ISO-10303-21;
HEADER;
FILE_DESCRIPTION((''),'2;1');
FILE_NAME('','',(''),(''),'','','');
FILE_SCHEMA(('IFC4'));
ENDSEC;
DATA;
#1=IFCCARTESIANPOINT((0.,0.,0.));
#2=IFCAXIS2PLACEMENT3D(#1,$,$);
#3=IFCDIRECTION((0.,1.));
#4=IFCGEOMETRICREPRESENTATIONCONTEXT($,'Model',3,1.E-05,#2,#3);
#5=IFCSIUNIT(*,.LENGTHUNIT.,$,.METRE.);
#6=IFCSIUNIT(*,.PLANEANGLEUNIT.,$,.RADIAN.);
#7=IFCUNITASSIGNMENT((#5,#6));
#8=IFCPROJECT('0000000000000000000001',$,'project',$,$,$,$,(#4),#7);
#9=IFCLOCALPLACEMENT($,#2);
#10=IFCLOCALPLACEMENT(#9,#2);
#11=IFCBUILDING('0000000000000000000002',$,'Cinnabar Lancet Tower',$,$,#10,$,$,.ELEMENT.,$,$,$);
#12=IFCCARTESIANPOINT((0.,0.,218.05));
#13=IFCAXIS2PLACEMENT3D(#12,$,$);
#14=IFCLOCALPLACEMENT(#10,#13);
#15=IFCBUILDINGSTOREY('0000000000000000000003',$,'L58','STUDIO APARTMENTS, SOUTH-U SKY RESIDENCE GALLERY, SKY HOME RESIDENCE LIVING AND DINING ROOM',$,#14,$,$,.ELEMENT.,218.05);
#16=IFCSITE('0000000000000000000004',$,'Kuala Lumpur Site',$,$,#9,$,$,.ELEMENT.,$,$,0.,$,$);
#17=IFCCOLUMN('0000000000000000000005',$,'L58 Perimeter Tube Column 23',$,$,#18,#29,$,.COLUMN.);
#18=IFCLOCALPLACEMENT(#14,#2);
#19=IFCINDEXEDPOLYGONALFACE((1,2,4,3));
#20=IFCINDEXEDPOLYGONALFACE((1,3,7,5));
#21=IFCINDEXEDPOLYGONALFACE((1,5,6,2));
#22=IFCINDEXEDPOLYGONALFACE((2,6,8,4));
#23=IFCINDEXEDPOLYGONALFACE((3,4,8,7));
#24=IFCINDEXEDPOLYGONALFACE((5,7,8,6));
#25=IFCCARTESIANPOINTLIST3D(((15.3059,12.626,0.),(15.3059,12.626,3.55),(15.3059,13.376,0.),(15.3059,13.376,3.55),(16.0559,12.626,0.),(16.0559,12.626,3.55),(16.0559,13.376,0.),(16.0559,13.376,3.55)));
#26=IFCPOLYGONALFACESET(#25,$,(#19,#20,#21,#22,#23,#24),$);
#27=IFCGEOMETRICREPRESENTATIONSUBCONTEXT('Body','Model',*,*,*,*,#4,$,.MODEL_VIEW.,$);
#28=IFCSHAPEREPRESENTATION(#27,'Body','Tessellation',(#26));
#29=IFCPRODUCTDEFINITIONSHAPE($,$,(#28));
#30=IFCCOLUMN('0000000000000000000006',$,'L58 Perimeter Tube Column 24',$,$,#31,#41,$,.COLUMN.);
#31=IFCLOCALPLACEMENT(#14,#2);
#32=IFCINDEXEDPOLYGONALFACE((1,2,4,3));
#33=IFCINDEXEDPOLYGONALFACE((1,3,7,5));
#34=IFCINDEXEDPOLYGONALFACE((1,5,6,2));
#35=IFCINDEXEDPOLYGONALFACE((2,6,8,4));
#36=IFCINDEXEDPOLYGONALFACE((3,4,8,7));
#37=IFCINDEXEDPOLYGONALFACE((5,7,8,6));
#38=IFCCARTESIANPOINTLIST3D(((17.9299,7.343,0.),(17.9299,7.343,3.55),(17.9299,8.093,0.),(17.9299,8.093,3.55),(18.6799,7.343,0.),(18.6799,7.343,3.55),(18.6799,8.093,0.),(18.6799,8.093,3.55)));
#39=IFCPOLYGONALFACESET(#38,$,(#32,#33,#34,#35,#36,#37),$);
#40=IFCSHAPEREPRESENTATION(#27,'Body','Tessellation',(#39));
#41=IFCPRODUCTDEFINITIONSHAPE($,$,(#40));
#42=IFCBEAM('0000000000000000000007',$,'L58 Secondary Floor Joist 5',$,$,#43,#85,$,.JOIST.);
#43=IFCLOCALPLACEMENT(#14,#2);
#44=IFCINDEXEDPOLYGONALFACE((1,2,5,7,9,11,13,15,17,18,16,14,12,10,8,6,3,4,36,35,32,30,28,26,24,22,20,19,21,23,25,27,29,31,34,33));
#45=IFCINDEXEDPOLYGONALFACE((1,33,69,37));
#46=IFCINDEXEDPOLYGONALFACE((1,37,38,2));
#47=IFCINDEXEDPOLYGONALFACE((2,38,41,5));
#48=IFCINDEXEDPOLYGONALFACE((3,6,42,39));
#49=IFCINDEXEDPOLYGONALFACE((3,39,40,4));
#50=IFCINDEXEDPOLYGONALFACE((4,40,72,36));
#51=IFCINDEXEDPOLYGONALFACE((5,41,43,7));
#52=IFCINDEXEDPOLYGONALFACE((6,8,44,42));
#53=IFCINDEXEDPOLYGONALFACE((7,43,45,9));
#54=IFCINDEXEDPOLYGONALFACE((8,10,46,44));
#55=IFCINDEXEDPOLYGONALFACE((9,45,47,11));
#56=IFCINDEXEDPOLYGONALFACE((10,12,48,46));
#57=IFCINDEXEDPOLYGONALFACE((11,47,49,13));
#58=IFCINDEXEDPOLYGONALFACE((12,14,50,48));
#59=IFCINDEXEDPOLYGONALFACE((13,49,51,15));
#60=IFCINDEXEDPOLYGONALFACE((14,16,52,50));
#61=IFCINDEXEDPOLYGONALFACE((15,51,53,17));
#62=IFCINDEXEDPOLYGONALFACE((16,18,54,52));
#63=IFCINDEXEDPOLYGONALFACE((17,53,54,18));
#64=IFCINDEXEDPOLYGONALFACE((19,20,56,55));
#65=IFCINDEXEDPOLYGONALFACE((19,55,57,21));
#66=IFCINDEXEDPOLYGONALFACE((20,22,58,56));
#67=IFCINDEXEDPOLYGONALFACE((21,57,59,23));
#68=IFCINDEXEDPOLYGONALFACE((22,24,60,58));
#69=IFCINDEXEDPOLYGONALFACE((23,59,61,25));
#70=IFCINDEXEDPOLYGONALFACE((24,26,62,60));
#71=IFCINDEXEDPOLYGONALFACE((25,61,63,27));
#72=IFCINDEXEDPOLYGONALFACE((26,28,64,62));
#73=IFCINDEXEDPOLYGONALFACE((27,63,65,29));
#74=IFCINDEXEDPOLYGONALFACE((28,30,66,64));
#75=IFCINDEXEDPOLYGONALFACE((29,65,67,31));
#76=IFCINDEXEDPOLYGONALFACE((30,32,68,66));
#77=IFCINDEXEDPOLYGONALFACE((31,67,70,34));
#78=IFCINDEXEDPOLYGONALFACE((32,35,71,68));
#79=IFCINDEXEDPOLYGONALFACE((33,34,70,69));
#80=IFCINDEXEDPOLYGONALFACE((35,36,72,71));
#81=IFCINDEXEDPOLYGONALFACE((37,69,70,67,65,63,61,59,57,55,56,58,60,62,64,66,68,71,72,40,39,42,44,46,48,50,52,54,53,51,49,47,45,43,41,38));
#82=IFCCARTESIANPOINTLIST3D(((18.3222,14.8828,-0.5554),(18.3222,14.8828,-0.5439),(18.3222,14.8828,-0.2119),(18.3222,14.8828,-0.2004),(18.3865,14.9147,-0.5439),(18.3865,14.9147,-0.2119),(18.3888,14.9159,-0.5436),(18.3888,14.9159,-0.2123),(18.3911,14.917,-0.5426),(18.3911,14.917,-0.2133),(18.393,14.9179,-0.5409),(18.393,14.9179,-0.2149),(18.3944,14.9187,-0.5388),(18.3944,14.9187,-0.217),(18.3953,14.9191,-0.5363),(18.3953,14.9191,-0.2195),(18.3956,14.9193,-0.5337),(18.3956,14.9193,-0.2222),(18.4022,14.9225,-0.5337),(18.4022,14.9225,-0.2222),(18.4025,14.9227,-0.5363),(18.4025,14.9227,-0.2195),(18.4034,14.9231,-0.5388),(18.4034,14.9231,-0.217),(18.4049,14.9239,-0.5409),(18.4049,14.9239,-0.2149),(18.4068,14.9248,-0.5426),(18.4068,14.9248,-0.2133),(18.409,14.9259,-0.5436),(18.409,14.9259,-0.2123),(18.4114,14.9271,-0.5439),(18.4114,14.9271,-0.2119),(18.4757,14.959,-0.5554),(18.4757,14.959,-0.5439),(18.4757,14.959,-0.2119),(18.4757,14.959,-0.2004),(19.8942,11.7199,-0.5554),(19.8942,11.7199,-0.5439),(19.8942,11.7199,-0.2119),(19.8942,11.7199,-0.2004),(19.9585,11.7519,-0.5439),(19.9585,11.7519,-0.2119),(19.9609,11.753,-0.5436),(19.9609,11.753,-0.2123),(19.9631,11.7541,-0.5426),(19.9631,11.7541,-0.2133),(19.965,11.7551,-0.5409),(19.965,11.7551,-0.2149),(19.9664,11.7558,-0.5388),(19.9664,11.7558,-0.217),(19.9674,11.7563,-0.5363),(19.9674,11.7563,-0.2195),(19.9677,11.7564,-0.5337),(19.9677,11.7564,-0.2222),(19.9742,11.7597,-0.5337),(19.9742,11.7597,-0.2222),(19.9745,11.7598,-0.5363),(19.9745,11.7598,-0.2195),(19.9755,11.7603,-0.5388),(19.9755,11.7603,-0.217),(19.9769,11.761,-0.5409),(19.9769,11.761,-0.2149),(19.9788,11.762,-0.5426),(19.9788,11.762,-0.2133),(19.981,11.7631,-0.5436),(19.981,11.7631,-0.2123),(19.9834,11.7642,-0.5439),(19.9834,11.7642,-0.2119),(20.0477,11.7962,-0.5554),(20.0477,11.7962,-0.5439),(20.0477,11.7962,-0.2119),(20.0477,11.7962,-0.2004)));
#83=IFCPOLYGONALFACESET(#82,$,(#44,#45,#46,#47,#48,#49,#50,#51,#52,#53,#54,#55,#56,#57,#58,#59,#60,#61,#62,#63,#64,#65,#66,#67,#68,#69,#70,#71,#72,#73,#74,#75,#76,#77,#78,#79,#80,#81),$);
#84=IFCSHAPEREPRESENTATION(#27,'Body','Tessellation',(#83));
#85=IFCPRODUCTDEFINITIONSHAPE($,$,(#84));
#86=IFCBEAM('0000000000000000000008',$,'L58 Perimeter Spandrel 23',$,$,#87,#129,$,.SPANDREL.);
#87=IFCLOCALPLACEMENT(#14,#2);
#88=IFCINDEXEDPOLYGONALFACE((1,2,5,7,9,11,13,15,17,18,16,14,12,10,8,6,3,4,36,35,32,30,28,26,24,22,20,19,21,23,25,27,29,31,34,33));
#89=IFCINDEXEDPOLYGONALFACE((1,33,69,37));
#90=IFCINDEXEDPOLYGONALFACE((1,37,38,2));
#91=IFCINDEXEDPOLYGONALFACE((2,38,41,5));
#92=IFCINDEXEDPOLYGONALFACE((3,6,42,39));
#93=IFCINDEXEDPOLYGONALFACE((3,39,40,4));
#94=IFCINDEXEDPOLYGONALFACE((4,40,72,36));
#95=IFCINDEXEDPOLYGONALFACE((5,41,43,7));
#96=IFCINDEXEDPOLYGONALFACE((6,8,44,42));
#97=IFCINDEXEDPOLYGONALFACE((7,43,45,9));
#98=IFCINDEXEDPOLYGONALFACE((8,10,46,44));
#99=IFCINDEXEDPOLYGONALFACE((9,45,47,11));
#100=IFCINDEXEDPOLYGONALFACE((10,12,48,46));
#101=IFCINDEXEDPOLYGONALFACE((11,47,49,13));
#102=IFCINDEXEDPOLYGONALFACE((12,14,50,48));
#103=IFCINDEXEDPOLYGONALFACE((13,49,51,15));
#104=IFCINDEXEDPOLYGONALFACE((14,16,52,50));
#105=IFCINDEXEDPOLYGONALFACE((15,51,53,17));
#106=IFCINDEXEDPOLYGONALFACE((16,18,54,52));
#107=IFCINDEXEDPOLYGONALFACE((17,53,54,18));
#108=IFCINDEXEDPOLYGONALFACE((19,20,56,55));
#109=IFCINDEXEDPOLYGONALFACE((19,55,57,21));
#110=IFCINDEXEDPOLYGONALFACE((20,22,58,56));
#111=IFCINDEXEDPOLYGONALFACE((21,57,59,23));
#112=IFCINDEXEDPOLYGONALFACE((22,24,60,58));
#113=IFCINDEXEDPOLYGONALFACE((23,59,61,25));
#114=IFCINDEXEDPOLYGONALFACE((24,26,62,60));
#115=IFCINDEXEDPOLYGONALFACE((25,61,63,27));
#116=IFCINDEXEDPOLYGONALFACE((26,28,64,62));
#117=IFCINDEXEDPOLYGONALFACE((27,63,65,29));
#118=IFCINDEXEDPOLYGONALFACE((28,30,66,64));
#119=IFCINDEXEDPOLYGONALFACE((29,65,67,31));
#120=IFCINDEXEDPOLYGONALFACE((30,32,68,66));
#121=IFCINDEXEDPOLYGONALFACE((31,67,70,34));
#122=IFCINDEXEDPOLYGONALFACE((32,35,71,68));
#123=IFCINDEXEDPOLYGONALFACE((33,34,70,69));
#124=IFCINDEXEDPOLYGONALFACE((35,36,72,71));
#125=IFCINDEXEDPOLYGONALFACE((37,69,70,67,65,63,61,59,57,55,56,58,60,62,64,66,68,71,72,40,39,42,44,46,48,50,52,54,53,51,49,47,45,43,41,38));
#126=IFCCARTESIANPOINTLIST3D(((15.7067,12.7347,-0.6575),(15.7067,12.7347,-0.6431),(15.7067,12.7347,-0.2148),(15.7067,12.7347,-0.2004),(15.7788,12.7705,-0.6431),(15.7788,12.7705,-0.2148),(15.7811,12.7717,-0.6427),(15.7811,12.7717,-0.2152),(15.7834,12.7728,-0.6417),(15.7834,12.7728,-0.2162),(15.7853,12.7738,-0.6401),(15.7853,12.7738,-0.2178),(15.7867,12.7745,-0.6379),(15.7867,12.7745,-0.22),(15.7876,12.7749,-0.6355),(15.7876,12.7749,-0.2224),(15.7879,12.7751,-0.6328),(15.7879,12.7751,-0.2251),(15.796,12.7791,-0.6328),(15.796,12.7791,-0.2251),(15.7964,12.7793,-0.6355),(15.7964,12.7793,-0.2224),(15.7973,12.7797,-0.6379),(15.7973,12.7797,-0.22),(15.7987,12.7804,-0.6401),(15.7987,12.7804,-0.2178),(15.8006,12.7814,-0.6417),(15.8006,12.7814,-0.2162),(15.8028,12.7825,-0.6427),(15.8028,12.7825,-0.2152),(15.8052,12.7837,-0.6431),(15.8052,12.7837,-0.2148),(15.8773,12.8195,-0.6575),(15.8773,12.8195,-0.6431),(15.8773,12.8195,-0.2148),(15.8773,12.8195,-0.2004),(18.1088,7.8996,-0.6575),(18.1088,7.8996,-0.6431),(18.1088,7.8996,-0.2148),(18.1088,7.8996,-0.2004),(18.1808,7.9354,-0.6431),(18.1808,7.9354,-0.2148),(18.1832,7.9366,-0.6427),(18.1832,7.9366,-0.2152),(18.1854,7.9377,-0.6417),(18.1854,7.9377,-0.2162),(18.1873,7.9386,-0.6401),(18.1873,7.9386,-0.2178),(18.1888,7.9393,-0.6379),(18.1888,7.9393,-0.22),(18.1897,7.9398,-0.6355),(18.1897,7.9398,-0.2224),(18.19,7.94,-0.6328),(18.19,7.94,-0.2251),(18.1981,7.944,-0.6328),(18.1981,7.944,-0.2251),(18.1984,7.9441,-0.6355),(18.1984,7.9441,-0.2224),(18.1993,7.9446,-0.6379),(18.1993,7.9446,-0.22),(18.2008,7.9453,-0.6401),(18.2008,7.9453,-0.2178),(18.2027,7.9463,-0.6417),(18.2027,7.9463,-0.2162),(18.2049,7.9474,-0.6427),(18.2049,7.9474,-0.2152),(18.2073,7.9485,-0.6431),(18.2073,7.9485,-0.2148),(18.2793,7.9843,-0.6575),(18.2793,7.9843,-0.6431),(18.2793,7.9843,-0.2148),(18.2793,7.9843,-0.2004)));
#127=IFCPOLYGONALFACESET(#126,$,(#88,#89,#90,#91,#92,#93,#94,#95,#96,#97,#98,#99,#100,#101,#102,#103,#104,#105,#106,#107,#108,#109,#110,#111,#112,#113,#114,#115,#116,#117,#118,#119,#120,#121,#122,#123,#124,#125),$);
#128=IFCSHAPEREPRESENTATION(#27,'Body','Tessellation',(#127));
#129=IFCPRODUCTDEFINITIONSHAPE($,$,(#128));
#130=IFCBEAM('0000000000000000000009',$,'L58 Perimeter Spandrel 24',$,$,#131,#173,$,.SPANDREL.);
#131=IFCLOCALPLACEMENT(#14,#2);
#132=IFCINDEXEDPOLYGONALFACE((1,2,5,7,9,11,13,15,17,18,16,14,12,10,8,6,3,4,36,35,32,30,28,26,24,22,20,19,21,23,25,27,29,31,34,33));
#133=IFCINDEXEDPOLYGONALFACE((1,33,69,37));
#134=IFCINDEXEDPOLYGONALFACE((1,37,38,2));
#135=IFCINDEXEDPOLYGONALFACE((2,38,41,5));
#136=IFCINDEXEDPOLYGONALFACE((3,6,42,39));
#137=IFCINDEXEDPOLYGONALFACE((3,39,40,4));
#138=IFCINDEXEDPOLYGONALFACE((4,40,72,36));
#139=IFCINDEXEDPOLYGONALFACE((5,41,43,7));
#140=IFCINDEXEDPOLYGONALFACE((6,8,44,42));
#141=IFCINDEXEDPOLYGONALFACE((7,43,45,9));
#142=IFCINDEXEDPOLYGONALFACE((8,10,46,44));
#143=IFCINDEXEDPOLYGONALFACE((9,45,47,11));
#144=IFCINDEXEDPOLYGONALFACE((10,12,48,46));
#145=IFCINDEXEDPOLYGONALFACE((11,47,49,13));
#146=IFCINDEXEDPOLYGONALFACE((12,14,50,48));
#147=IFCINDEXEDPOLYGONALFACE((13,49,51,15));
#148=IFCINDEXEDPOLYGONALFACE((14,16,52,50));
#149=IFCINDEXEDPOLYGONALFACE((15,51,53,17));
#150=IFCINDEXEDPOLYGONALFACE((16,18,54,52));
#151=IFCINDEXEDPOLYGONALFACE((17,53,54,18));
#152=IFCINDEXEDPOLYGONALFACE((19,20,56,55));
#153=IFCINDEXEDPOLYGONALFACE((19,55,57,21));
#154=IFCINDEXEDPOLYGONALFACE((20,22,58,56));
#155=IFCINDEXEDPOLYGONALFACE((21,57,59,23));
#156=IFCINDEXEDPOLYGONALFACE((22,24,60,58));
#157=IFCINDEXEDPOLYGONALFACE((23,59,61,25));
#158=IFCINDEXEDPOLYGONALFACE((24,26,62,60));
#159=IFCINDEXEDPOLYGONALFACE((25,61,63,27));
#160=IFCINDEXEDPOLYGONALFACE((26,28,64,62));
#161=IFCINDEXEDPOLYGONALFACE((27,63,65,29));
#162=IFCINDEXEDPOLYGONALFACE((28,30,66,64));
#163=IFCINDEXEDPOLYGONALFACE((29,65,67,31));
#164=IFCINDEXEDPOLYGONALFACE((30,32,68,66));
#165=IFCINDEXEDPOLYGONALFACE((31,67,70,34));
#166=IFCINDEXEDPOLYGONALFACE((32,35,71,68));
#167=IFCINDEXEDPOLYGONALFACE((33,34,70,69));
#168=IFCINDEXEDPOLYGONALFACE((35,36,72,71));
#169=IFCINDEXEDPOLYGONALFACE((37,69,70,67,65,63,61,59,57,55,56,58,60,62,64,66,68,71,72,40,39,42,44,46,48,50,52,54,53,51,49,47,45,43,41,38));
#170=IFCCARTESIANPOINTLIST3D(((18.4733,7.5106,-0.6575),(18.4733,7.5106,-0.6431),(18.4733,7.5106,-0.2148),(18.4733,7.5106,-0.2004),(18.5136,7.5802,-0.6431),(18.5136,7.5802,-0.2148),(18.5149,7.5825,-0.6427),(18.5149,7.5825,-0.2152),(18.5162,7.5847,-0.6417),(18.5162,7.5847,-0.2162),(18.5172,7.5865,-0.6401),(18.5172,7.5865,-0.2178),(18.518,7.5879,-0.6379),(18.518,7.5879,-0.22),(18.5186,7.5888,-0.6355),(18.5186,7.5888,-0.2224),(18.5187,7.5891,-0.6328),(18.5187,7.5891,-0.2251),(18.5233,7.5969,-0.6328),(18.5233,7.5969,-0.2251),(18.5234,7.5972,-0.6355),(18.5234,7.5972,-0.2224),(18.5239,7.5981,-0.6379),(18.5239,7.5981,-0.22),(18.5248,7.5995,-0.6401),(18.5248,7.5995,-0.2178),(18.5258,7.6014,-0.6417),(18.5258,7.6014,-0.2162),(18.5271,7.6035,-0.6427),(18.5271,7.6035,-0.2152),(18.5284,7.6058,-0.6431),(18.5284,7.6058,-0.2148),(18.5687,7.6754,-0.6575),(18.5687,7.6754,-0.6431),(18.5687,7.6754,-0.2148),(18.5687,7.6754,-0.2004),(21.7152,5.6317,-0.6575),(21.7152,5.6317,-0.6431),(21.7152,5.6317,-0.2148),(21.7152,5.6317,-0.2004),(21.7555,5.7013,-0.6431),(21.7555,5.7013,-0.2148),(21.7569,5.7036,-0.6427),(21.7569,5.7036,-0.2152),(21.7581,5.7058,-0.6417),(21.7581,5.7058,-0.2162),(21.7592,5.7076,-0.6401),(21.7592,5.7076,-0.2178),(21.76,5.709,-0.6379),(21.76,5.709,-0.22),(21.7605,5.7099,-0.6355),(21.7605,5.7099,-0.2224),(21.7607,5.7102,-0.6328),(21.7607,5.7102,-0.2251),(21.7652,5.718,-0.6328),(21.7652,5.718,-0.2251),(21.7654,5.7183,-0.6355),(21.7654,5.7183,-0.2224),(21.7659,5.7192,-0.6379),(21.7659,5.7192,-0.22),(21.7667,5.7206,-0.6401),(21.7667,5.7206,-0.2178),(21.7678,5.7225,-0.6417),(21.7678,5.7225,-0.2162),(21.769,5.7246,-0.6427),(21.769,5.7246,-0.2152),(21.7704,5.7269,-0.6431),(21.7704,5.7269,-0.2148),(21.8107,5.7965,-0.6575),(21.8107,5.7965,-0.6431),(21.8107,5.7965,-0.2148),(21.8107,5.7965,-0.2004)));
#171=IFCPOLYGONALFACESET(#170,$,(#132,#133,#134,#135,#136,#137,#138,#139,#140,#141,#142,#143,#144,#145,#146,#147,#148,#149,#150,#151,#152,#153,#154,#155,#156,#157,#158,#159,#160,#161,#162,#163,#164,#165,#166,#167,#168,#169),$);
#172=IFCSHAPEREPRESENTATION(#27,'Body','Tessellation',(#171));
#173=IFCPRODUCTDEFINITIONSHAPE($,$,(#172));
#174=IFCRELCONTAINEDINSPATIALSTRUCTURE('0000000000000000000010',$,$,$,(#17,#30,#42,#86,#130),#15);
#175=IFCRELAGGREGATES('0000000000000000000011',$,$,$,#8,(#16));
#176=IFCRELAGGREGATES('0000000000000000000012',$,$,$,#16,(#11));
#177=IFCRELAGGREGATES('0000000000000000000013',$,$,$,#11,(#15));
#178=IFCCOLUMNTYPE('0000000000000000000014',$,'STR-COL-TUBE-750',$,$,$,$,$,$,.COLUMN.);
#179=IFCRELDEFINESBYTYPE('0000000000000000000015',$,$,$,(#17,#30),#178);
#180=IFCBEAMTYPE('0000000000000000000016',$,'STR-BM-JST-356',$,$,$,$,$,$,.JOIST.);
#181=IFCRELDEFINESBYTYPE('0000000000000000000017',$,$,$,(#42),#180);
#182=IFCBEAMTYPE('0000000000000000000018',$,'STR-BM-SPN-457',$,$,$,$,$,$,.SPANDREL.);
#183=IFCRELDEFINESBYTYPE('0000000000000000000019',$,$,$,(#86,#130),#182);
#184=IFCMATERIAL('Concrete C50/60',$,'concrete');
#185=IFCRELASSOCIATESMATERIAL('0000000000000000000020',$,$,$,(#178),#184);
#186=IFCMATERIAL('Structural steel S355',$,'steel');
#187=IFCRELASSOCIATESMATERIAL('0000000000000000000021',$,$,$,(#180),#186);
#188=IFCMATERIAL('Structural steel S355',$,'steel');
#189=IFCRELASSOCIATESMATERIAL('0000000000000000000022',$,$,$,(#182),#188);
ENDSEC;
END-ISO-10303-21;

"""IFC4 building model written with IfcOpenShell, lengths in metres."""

from ifc_helpers import new_model, si_unit, direction, frame, origin, origin_2d, place, context, subcontext, project, spatial, rectangle, i_section, extrude, material, material_profile, profile_set, type_object, element, save


model = new_model("IFC4")

# Units and contexts
model_context = context("Model", 3, precision=1e-05, world=origin(), true_north=direction((0.0, 1.0)))
body_context = subcontext(model_context, "Body", "Model", "MODEL_VIEW")
ifc_project = project(units=[si_unit("LENGTHUNIT", "METRE"), si_unit("PLANEANGLEUNIT", "RADIAN")], contexts=[model_context])

# Site, building, storey
site_placement = place(None, origin())
site = spatial("IfcSite", under=ifc_project, at=site_placement, Name="Kuala Lumpur Site", CompositionType="ELEMENT", RefElevation=0.0)
building_placement = place(site_placement, origin())
building = spatial("IfcBuilding", under=site, at=building_placement, Name="Cinnabar Lancet Tower", CompositionType="ELEMENT")
storey_placement = place(building_placement, frame((0.0, 0.0, 218.05)))
storey = spatial("IfcBuildingStorey", under=building, at=storey_placement, Name="L58", Description="STUDIO APARTMENTS, SOUTH-U SKY RESIDENCE GALLERY, SKY HOME RESIDENCE LIVING AND DINING ROOM", CompositionType="ELEMENT", Elevation=218.05)

# Columns
ifc_material_1 = material(Name="Concrete C50/60", Category="concrete")
ifc_material_profile_1 = material_profile(ifc_material_1, rectangle(XDim=0.75, YDim=0.75, at=origin_2d()), Name="RC-COL 750x750")
ifc_profile_set_1 = profile_set([ifc_material_profile_1], Name="Concrete C50/60")
column_type = type_object("IfcColumnType", Name="STR-COL-TUBE-750", PredefinedType="COLUMN", material=ifc_profile_set_1)
for number, where, z_axis, x_axis, name in (
    (1, (15.6809, 13.001, 0.0), (0.0, 0.0, 1.0), (1.0, 0.0, 0.0), "L58 Perimeter Tube Column 23"),
    (2, (18.3049, 7.718, 0.0), (0.0, 0.0, 1.0), (1.0, 0.0, 0.0), "L58 Perimeter Tube Column 24"),
):
    element("IfcColumn", number, at=place(storey_placement, frame(where, z_axis=z_axis, x_axis=x_axis)), inside=storey, type_object=column_type, Name=name, PredefinedType="COLUMN", context=body_context, shape_type="SweptSolid", body=[
        extrude(rectangle(XDim=0.75, YDim=0.75, at=origin_2d()), origin(), (0.0, 0.0, 1.0), 3.55),
    ])

# Beams
ifc_material_2 = material(Name="Structural steel S355", Category="steel")
ifc_material_profile_2 = material_profile(ifc_material_2, i_section(OverallWidth=0.1714, OverallDepth=0.355, WebThickness=0.0073, FlangeThickness=0.0115, FilletRadius=0.0103, at=origin_2d()), Name="UKB 356x171x51")
ifc_profile_set_2 = profile_set([ifc_material_profile_2], Name="Structural steel S355")
beam_type_1 = type_object("IfcBeamType", Name="STR-BM-JST-356", PredefinedType="JOIST", material=ifc_profile_set_2)
beam_1_placement = place(storey_placement, frame((18.3989, 14.9209, -0.3779), z_axis=(0.445083, -0.895489, 0.0), x_axis=(0.895489, 0.445083, 0.0)))
element("IfcBeam", 3, at=beam_1_placement, inside=storey, type_object=beam_type_1, Name="L58 Secondary Floor Joist 5", PredefinedType="JOIST", context=body_context, shape_type="SweptSolid", body=[
    extrude(i_section(OverallWidth=0.1714, OverallDepth=0.355, WebThickness=0.0073, FlangeThickness=0.0115, FilletRadius=0.0103, at=origin_2d()), origin(), (0.0, 0.0, 1.0), 3.532),
])
ifc_material_3 = material(Name="Structural steel S355", Category="steel")
ifc_material_profile_3 = material_profile(ifc_material_3, i_section(OverallWidth=0.1904, OverallDepth=0.457, WebThickness=0.009, FlangeThickness=0.0144, FilletRadius=0.0103, at=origin_2d()), Name="UKB 457x191x74")
ifc_profile_set_3 = profile_set([ifc_material_profile_3], Name="Structural steel S355")
beam_type_2 = type_object("IfcBeamType", Name="STR-BM-SPN-457", PredefinedType="SPANDREL", material=ifc_profile_set_3)
beam_2_placement = place(storey_placement, frame((15.792, 12.7771, -0.429), z_axis=(0.444915, -0.895573, 0.0), x_axis=(0.895573, 0.444915, 0.0)))
element("IfcBeam", 4, at=beam_2_placement, inside=storey, type_object=beam_type_2, Name="L58 Perimeter Spandrel 23", PredefinedType="SPANDREL", context=body_context, shape_type="SweptSolid", body=[
    extrude(i_section(OverallWidth=0.1904, OverallDepth=0.457, WebThickness=0.009, FlangeThickness=0.0144, FilletRadius=0.0103, at=origin_2d()), origin(), (0.0, 0.0, 1.0), 5.3989),
])
beam_3_placement = place(storey_placement, frame((18.521, 7.593, -0.429), z_axis=(0.865196, -0.501434, 0.0), x_axis=(0.501434, 0.865196, 0.0)))
element("IfcBeam", 5, at=beam_3_placement, inside=storey, type_object=beam_type_2, Name="L58 Perimeter Spandrel 24", PredefinedType="SPANDREL", context=body_context, shape_type="SweptSolid", body=[
    extrude(i_section(OverallWidth=0.1904, OverallDepth=0.457, WebThickness=0.009, FlangeThickness=0.0144, FilletRadius=0.0103, at=origin_2d()), origin(), (0.0, 0.0, 1.0), 3.7471),
])

save(model, "model.ifc")
